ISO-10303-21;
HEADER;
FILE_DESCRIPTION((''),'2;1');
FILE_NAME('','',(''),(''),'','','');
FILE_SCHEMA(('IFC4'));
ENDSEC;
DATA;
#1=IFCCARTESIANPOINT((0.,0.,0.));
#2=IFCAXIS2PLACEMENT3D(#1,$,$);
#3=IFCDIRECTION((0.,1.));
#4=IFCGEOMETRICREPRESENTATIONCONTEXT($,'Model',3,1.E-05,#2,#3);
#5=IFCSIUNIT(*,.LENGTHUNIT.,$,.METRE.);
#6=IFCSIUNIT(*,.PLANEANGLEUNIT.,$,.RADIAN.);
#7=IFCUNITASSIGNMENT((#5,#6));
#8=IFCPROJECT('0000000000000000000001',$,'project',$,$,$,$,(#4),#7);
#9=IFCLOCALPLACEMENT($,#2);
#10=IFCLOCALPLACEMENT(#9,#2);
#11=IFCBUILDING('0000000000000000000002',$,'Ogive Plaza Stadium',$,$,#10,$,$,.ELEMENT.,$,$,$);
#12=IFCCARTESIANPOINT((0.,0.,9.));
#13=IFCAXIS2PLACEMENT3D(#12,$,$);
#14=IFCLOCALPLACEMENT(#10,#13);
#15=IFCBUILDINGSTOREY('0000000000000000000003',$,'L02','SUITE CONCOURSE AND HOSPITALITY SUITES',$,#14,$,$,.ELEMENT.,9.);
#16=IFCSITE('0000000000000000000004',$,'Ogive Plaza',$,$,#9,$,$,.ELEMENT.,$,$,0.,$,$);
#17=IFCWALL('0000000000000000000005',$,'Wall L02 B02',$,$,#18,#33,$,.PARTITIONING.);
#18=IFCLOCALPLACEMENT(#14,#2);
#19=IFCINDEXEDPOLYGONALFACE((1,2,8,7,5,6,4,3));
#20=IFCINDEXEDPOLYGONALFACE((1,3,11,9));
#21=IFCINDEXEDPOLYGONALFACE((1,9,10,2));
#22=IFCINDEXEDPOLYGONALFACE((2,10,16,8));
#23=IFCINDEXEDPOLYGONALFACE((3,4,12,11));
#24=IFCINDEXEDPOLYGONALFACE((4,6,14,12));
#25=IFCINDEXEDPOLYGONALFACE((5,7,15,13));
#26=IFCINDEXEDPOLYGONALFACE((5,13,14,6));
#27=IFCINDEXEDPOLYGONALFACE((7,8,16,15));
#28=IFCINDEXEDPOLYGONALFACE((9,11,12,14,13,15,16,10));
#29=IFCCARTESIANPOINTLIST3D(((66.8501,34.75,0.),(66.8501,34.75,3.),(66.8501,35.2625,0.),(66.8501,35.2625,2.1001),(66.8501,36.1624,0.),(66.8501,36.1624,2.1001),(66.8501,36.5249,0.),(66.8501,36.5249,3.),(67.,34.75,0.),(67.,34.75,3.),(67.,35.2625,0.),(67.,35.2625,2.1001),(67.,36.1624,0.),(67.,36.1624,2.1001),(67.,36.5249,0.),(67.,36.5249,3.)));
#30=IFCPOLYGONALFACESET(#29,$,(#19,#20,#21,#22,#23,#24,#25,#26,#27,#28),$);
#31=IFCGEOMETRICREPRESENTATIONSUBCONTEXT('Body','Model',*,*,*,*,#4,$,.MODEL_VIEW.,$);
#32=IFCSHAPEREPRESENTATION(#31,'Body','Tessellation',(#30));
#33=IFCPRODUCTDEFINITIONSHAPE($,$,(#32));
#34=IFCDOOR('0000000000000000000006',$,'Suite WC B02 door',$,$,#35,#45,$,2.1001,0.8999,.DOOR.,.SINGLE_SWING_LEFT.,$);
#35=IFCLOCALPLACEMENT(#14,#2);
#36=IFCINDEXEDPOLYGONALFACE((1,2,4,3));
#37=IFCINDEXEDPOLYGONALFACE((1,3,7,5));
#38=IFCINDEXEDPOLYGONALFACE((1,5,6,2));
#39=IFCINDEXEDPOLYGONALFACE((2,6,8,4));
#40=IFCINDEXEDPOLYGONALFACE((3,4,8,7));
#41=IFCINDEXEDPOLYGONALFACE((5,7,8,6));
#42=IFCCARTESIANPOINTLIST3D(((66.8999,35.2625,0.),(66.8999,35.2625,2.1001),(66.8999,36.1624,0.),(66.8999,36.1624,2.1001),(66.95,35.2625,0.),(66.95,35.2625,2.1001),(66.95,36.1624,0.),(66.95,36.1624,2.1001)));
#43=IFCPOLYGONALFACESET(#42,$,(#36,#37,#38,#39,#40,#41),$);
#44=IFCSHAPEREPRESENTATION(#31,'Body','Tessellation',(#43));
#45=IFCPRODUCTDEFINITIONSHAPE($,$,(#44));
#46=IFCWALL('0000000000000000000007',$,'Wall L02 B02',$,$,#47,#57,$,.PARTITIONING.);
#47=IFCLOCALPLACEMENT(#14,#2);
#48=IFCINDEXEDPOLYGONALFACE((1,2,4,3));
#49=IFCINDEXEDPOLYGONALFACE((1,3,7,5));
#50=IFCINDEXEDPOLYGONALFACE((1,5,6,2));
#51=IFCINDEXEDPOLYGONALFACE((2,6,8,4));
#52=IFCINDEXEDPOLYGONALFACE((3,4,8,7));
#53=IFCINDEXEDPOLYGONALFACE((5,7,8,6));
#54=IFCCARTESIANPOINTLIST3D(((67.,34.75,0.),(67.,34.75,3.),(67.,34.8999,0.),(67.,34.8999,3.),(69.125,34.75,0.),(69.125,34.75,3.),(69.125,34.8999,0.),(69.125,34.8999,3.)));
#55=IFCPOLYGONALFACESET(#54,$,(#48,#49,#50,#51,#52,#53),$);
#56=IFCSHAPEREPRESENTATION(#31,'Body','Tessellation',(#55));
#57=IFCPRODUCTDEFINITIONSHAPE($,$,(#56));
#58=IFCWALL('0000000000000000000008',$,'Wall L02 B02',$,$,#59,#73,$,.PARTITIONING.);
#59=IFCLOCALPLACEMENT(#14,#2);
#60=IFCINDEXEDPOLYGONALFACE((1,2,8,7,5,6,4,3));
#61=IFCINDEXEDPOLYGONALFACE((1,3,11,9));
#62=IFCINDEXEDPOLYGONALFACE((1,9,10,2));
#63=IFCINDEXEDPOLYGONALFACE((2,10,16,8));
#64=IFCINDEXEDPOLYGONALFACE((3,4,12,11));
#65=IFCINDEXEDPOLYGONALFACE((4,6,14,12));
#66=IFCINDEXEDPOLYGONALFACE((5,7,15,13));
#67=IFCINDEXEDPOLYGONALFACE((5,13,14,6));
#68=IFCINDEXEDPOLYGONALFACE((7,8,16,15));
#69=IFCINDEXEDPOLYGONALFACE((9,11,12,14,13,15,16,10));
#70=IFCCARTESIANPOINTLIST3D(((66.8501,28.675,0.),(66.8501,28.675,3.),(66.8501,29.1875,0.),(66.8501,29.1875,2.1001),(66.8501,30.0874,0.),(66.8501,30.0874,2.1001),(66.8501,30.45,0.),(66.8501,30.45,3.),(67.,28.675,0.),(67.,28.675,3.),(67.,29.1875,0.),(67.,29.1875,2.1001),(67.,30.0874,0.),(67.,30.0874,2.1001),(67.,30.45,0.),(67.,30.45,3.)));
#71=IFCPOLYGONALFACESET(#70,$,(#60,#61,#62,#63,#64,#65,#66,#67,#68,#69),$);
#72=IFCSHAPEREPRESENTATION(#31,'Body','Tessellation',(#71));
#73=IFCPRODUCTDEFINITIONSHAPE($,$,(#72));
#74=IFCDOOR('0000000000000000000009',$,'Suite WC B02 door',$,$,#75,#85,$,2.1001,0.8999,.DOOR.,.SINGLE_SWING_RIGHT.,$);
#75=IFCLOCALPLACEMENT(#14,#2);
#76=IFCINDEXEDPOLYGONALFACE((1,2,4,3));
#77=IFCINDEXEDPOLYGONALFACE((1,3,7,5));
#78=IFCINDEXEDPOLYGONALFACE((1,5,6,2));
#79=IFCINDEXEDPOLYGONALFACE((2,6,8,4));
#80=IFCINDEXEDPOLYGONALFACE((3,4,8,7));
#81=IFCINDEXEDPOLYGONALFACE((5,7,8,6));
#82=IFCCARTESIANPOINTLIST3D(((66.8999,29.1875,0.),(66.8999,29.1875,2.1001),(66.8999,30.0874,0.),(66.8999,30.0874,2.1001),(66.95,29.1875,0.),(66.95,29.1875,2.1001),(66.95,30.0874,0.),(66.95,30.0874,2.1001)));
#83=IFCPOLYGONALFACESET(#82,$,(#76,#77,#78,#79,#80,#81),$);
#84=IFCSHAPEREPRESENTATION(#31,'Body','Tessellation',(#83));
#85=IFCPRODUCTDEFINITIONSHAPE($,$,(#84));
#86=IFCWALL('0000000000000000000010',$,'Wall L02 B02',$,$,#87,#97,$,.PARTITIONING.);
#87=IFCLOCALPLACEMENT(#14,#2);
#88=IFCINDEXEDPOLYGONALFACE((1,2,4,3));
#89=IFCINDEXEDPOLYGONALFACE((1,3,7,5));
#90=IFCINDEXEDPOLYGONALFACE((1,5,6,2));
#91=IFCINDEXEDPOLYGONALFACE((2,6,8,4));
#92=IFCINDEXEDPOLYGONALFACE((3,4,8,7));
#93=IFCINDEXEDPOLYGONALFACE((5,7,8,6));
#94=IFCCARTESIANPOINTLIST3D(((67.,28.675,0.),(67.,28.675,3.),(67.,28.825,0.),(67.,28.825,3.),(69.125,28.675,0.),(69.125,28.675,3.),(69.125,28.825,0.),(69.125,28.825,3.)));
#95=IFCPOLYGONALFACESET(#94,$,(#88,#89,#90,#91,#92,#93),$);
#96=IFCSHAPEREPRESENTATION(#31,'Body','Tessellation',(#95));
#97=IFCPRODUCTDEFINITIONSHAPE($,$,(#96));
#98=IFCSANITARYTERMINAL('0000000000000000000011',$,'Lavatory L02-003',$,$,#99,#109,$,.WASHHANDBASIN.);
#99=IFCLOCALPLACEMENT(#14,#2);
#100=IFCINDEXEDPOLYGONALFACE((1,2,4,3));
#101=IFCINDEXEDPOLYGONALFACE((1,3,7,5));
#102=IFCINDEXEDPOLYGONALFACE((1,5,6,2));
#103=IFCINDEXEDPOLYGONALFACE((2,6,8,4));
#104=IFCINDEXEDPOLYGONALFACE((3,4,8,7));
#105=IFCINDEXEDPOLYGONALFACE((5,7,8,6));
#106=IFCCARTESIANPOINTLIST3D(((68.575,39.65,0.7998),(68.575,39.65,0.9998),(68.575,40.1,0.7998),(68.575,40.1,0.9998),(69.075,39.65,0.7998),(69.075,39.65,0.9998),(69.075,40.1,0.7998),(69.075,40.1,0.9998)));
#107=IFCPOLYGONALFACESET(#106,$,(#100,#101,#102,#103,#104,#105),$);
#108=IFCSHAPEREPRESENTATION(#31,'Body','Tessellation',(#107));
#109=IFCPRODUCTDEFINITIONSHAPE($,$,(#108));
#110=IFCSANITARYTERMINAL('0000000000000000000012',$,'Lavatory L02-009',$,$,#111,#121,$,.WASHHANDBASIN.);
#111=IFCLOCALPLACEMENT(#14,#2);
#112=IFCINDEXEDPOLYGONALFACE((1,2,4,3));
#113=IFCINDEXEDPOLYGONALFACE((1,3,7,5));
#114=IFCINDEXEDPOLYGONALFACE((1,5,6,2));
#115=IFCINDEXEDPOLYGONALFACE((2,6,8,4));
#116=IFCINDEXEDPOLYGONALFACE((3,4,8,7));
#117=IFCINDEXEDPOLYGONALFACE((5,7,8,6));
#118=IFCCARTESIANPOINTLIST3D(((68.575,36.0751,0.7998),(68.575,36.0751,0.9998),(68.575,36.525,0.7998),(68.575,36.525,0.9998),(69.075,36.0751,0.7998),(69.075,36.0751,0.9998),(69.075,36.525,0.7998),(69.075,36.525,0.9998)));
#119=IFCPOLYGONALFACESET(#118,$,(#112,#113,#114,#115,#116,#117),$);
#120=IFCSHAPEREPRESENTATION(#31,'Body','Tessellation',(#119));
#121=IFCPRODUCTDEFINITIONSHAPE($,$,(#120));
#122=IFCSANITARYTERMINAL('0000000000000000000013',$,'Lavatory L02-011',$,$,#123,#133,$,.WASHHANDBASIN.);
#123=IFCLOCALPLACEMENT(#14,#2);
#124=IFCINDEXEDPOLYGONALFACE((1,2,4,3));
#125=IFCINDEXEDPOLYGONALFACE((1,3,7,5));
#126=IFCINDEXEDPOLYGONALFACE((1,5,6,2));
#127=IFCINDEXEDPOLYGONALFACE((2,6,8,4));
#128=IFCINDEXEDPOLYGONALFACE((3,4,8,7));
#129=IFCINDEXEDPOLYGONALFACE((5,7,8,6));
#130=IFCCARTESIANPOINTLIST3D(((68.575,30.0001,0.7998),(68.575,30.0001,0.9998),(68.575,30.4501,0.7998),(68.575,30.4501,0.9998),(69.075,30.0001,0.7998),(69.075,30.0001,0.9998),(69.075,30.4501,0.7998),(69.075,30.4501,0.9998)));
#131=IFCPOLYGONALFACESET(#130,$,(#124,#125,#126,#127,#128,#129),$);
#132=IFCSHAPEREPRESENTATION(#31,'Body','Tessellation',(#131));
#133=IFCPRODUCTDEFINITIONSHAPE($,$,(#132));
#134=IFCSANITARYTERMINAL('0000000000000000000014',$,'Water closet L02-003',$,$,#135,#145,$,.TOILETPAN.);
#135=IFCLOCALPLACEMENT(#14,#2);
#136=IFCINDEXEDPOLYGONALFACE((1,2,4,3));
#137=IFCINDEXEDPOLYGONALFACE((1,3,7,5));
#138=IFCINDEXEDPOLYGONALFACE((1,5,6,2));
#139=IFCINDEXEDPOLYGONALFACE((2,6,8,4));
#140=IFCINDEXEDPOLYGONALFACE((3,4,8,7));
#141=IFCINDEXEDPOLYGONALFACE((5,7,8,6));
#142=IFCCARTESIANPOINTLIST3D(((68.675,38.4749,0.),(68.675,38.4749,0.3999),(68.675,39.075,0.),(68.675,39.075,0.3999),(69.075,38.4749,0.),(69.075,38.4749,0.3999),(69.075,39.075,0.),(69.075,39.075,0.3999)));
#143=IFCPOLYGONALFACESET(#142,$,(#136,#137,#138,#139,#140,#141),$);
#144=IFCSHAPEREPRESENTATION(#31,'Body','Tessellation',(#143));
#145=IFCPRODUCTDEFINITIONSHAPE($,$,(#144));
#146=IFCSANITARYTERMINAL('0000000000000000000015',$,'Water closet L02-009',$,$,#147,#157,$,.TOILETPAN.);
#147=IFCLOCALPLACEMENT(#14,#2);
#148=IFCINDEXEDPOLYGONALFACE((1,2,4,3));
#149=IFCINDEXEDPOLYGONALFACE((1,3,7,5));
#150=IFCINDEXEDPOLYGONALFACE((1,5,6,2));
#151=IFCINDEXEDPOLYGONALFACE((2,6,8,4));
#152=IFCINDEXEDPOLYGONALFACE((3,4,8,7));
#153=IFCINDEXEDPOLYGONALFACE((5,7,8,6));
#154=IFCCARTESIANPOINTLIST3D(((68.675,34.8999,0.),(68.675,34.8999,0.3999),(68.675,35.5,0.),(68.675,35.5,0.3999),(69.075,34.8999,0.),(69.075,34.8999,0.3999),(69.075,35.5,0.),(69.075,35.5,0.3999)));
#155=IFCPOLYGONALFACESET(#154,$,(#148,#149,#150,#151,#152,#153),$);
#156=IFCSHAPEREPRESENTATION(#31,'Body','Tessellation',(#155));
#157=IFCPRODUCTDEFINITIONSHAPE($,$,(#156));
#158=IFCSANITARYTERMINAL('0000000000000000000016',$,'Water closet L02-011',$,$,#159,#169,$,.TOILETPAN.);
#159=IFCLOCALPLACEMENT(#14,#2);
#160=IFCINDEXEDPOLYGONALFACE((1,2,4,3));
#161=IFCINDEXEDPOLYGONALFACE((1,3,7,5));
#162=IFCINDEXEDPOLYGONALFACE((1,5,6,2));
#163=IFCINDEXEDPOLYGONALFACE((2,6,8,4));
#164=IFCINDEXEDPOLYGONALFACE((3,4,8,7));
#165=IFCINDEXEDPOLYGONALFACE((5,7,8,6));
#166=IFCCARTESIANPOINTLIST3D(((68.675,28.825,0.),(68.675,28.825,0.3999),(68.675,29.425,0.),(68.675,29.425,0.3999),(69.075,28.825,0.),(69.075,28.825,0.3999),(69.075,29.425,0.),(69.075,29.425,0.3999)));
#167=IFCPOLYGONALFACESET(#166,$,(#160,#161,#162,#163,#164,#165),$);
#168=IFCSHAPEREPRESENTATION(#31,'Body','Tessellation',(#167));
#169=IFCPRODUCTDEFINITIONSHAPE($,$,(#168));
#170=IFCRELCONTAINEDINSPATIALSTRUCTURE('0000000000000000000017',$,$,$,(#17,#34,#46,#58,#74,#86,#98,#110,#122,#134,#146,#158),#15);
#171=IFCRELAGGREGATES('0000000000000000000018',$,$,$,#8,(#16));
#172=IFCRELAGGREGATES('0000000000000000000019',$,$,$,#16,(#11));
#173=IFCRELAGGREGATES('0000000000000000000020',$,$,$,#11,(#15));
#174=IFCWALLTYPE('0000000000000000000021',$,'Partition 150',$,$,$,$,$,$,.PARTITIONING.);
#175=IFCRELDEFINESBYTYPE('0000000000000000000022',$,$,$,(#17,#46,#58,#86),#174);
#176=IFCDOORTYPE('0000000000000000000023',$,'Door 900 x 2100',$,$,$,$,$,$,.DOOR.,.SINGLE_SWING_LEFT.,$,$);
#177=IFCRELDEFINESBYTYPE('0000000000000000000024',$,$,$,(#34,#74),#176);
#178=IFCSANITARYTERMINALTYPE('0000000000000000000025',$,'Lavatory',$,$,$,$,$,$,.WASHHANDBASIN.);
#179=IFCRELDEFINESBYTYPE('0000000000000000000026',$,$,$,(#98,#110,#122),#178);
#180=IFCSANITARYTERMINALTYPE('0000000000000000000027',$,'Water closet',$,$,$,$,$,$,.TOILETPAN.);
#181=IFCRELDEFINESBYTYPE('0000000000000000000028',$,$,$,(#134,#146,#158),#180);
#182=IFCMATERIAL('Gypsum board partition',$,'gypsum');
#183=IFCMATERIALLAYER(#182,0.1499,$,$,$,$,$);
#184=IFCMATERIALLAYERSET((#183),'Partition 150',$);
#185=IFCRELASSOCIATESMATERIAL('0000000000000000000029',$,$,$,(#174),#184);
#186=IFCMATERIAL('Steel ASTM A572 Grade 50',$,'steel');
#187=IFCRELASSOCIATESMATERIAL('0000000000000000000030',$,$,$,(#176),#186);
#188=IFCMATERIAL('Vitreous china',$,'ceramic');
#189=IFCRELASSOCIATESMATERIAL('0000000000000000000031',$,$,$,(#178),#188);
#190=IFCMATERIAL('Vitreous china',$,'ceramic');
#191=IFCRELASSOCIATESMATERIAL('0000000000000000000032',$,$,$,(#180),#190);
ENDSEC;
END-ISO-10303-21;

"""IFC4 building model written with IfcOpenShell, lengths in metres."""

from ifc_helpers import new_model, si_unit, direction, frame, frame_2d, origin, origin_2d, place, context, subcontext, project, spatial, rectangle, extrude, material, layer, layer_set, type_object, element, fill, save


model = new_model("IFC4")

# Units and contexts
model_context = context("Model", 3, precision=1e-05, world=origin(), true_north=direction((0.0, 1.0)))
body_context = subcontext(model_context, "Body", "Model", "MODEL_VIEW")
ifc_project = project(units=[si_unit("LENGTHUNIT", "METRE"), si_unit("PLANEANGLEUNIT", "RADIAN")], contexts=[model_context])

# Site, building, storey
site_placement = place(None, origin())
site = spatial("IfcSite", under=ifc_project, at=site_placement, Name="Ogive Plaza", CompositionType="ELEMENT", RefElevation=0.0)
building_placement = place(site_placement, origin())
building = spatial("IfcBuilding", under=site, at=building_placement, Name="Ogive Plaza Stadium", CompositionType="ELEMENT")
storey_placement = place(building_placement, frame((0.0, 0.0, 9.0)))
storey = spatial("IfcBuildingStorey", under=building, at=storey_placement, Name="L02", Description="SUITE CONCOURSE AND HOSPITALITY SUITES", CompositionType="ELEMENT", Elevation=9.0)

# Shared definitions
ifc_material_1 = material(Name="Gypsum board partition", Category="gypsum")
ifc_layer_1 = layer(ifc_material_1, 0.1499)
ifc_layer_set_1 = layer_set([ifc_layer_1], Name="Partition 150")
wall_type_1 = type_object("IfcWallType", Name="Partition 150", PredefinedType="PARTITIONING", material=ifc_layer_set_1)
ifc_material_2 = material(Name="Steel ASTM A572 Grade 50", Category="steel")
door_type_1 = type_object("IfcDoorType", Name="Door 900 x 2100", OperationType="SINGLE_SWING_LEFT", PredefinedType="DOOR", material=ifc_material_2)

# Wall, opening, door
wall_1_placement = place(storey_placement, frame((66.925, 36.5249, 0.0), z_axis=(0.0, 0.0, 1.0), x_axis=(0.0, -1.0, 0.0)))
wall_1 = element("IfcWall", 1, at=wall_1_placement, inside=storey, type_object=wall_type_1, Name="Wall L02 B02", PredefinedType="PARTITIONING", context=body_context, shape_type="SweptSolid", body=[
    extrude(rectangle(XDim=1.7749, YDim=0.1499, at=frame_2d((0.8875, 0.0))), origin(), (0.0, 0.0, 1.0), 3.0),
])
opening_1_placement = place(wall_1_placement, frame((0.3625, 0.0, 0.0)))
opening_1 = element("IfcOpeningElement", 2, at=opening_1_placement, cuts=wall_1, PredefinedType="OPENING", context=body_context, shape_type="SweptSolid", body=[
    extrude(rectangle(XDim=0.8999, YDim=2.1001, at=frame_2d((0.45, 1.05))), frame((0.0, 0.075, 0.0), z_axis=(0.0, -1.0, 0.0), x_axis=(1.0, 0.0, 0.0)), (0.0, 0.0, 1.0), 0.1499),
])
door_1_placement = place(opening_1_placement, origin())
door_1 = element("IfcDoor", 3, at=door_1_placement, inside=storey, type_object=door_type_1, Name="Suite WC B02 door", OperationType="SINGLE_SWING_LEFT", OverallHeight=2.1001, OverallWidth=0.8999, PredefinedType="DOOR", context=body_context, shape_type="SweptSolid", body=[
    extrude(rectangle(XDim=0.8999, YDim=2.1001, at=frame_2d((0.45, 1.05))), frame((0.0, 0.0249, 0.0), z_axis=(0.0, -1.0, 0.0), x_axis=(1.0, 0.0, 0.0)), (0.0, 0.0, 1.0), 0.05),
])
fill(opening_1, door_1)

# Wall
wall_2_placement = place(storey_placement, frame((67.0, 34.825, 0.0), z_axis=(0.0, 0.0, 1.0), x_axis=(1.0, 0.0, 0.0)))
element("IfcWall", 4, at=wall_2_placement, inside=storey, type_object=wall_type_1, Name="Wall L02 B02", PredefinedType="PARTITIONING", context=body_context, shape_type="SweptSolid", body=[
    extrude(rectangle(XDim=2.125, YDim=0.1499, at=frame_2d((1.0625, 0.0))), origin(), (0.0, 0.0, 1.0), 3.0),
])

# Wall, opening, door
wall_3_placement = place(storey_placement, frame((66.925, 30.45, 0.0), z_axis=(0.0, 0.0, 1.0), x_axis=(0.0, -1.0, 0.0)))
wall_3 = element("IfcWall", 5, at=wall_3_placement, inside=storey, type_object=wall_type_1, Name="Wall L02 B02", PredefinedType="PARTITIONING", context=body_context, shape_type="SweptSolid", body=[
    extrude(rectangle(XDim=1.7749, YDim=0.1499, at=frame_2d((0.8875, 0.0))), origin(), (0.0, 0.0, 1.0), 3.0),
])
opening_2_placement = place(wall_3_placement, frame((0.3625, 0.0, 0.0)))
opening_2 = element("IfcOpeningElement", 6, at=opening_2_placement, cuts=wall_3, PredefinedType="OPENING", context=body_context, shape_type="SweptSolid", body=[
    extrude(rectangle(XDim=0.8999, YDim=2.1001, at=frame_2d((0.45, 1.05))), frame((0.0, 0.075, 0.0), z_axis=(0.0, -1.0, 0.0), x_axis=(1.0, 0.0, 0.0)), (0.0, 0.0, 1.0), 0.1499),
])
door_2_placement = place(opening_2_placement, origin())
door_2 = element("IfcDoor", 7, at=door_2_placement, inside=storey, type_object=door_type_1, Name="Suite WC B02 door", OperationType="SINGLE_SWING_RIGHT", OverallHeight=2.1001, OverallWidth=0.8999, PredefinedType="DOOR", context=body_context, shape_type="SweptSolid", body=[
    extrude(rectangle(XDim=0.8999, YDim=2.1001, at=frame_2d((0.45, 1.05))), frame((0.0, 0.0249, 0.0), z_axis=(0.0, -1.0, 0.0), x_axis=(1.0, 0.0, 0.0)), (0.0, 0.0, 1.0), 0.05),
])
fill(opening_2, door_2)

# Wall
wall_4_placement = place(storey_placement, frame((67.0, 28.75, 0.0), z_axis=(0.0, 0.0, 1.0), x_axis=(1.0, 0.0, 0.0)))
element("IfcWall", 8, at=wall_4_placement, inside=storey, type_object=wall_type_1, Name="Wall L02 B02", PredefinedType="PARTITIONING", context=body_context, shape_type="SweptSolid", body=[
    extrude(rectangle(XDim=2.125, YDim=0.1499, at=frame_2d((1.0625, 0.0))), origin(), (0.0, 0.0, 1.0), 3.0),
])

# Sanitary terminals
ifc_material_3 = material(Name="Vitreous china", Category="ceramic")
sanitary_terminal_type_1 = type_object("IfcSanitaryTerminalType", Name="Lavatory", PredefinedType="WASHHANDBASIN", material=ifc_material_3)
for number, where, z_axis, x_axis, name in (
    (9, (68.825, 39.875, 0.7998), (0.0, 0.0, 1.0), (-1.0, 0.0, 0.0), "Lavatory L02-003"),
    (10, (68.825, 36.3, 0.7998), (0.0, 0.0, 1.0), (-1.0, 0.0, 0.0), "Lavatory L02-009"),
    (11, (68.825, 30.2251, 0.7998), (0.0, 0.0, 1.0), (-1.0, 0.0, 0.0), "Lavatory L02-011"),
):
    element("IfcSanitaryTerminal", number, at=place(storey_placement, frame(where, z_axis=z_axis, x_axis=x_axis)), inside=storey, type_object=sanitary_terminal_type_1, Name=name, PredefinedType="WASHHANDBASIN", context=body_context, shape_type="SweptSolid", body=[
        extrude(rectangle(XDim=0.5, YDim=0.45, at=origin_2d()), origin(), (0.0, 0.0, 1.0), 0.2),
    ])
ifc_material_4 = material(Name="Vitreous china", Category="ceramic")
sanitary_terminal_type_2 = type_object("IfcSanitaryTerminalType", Name="Water closet", PredefinedType="TOILETPAN", material=ifc_material_4)
for number, where, z_axis, x_axis, name in (
    (12, (68.875, 38.7749, 0.0), (0.0, 0.0, 1.0), (-1.0, 0.0, 0.0), "Water closet L02-003"),
    (13, (68.875, 35.2, 0.0), (0.0, 0.0, 1.0), (-1.0, 0.0, 0.0), "Water closet L02-009"),
    (14, (68.875, 29.125, 0.0), (0.0, 0.0, 1.0), (-1.0, 0.0, 0.0), "Water closet L02-011"),
):
    element("IfcSanitaryTerminal", number, at=place(storey_placement, frame(where, z_axis=z_axis, x_axis=x_axis)), inside=storey, type_object=sanitary_terminal_type_2, Name=name, PredefinedType="TOILETPAN", context=body_context, shape_type="SweptSolid", body=[
        extrude(rectangle(XDim=0.3999, YDim=0.6001, at=origin_2d()), origin(), (0.0, 0.0, 1.0), 0.3999),
    ])

save(model, "model.ifc")
